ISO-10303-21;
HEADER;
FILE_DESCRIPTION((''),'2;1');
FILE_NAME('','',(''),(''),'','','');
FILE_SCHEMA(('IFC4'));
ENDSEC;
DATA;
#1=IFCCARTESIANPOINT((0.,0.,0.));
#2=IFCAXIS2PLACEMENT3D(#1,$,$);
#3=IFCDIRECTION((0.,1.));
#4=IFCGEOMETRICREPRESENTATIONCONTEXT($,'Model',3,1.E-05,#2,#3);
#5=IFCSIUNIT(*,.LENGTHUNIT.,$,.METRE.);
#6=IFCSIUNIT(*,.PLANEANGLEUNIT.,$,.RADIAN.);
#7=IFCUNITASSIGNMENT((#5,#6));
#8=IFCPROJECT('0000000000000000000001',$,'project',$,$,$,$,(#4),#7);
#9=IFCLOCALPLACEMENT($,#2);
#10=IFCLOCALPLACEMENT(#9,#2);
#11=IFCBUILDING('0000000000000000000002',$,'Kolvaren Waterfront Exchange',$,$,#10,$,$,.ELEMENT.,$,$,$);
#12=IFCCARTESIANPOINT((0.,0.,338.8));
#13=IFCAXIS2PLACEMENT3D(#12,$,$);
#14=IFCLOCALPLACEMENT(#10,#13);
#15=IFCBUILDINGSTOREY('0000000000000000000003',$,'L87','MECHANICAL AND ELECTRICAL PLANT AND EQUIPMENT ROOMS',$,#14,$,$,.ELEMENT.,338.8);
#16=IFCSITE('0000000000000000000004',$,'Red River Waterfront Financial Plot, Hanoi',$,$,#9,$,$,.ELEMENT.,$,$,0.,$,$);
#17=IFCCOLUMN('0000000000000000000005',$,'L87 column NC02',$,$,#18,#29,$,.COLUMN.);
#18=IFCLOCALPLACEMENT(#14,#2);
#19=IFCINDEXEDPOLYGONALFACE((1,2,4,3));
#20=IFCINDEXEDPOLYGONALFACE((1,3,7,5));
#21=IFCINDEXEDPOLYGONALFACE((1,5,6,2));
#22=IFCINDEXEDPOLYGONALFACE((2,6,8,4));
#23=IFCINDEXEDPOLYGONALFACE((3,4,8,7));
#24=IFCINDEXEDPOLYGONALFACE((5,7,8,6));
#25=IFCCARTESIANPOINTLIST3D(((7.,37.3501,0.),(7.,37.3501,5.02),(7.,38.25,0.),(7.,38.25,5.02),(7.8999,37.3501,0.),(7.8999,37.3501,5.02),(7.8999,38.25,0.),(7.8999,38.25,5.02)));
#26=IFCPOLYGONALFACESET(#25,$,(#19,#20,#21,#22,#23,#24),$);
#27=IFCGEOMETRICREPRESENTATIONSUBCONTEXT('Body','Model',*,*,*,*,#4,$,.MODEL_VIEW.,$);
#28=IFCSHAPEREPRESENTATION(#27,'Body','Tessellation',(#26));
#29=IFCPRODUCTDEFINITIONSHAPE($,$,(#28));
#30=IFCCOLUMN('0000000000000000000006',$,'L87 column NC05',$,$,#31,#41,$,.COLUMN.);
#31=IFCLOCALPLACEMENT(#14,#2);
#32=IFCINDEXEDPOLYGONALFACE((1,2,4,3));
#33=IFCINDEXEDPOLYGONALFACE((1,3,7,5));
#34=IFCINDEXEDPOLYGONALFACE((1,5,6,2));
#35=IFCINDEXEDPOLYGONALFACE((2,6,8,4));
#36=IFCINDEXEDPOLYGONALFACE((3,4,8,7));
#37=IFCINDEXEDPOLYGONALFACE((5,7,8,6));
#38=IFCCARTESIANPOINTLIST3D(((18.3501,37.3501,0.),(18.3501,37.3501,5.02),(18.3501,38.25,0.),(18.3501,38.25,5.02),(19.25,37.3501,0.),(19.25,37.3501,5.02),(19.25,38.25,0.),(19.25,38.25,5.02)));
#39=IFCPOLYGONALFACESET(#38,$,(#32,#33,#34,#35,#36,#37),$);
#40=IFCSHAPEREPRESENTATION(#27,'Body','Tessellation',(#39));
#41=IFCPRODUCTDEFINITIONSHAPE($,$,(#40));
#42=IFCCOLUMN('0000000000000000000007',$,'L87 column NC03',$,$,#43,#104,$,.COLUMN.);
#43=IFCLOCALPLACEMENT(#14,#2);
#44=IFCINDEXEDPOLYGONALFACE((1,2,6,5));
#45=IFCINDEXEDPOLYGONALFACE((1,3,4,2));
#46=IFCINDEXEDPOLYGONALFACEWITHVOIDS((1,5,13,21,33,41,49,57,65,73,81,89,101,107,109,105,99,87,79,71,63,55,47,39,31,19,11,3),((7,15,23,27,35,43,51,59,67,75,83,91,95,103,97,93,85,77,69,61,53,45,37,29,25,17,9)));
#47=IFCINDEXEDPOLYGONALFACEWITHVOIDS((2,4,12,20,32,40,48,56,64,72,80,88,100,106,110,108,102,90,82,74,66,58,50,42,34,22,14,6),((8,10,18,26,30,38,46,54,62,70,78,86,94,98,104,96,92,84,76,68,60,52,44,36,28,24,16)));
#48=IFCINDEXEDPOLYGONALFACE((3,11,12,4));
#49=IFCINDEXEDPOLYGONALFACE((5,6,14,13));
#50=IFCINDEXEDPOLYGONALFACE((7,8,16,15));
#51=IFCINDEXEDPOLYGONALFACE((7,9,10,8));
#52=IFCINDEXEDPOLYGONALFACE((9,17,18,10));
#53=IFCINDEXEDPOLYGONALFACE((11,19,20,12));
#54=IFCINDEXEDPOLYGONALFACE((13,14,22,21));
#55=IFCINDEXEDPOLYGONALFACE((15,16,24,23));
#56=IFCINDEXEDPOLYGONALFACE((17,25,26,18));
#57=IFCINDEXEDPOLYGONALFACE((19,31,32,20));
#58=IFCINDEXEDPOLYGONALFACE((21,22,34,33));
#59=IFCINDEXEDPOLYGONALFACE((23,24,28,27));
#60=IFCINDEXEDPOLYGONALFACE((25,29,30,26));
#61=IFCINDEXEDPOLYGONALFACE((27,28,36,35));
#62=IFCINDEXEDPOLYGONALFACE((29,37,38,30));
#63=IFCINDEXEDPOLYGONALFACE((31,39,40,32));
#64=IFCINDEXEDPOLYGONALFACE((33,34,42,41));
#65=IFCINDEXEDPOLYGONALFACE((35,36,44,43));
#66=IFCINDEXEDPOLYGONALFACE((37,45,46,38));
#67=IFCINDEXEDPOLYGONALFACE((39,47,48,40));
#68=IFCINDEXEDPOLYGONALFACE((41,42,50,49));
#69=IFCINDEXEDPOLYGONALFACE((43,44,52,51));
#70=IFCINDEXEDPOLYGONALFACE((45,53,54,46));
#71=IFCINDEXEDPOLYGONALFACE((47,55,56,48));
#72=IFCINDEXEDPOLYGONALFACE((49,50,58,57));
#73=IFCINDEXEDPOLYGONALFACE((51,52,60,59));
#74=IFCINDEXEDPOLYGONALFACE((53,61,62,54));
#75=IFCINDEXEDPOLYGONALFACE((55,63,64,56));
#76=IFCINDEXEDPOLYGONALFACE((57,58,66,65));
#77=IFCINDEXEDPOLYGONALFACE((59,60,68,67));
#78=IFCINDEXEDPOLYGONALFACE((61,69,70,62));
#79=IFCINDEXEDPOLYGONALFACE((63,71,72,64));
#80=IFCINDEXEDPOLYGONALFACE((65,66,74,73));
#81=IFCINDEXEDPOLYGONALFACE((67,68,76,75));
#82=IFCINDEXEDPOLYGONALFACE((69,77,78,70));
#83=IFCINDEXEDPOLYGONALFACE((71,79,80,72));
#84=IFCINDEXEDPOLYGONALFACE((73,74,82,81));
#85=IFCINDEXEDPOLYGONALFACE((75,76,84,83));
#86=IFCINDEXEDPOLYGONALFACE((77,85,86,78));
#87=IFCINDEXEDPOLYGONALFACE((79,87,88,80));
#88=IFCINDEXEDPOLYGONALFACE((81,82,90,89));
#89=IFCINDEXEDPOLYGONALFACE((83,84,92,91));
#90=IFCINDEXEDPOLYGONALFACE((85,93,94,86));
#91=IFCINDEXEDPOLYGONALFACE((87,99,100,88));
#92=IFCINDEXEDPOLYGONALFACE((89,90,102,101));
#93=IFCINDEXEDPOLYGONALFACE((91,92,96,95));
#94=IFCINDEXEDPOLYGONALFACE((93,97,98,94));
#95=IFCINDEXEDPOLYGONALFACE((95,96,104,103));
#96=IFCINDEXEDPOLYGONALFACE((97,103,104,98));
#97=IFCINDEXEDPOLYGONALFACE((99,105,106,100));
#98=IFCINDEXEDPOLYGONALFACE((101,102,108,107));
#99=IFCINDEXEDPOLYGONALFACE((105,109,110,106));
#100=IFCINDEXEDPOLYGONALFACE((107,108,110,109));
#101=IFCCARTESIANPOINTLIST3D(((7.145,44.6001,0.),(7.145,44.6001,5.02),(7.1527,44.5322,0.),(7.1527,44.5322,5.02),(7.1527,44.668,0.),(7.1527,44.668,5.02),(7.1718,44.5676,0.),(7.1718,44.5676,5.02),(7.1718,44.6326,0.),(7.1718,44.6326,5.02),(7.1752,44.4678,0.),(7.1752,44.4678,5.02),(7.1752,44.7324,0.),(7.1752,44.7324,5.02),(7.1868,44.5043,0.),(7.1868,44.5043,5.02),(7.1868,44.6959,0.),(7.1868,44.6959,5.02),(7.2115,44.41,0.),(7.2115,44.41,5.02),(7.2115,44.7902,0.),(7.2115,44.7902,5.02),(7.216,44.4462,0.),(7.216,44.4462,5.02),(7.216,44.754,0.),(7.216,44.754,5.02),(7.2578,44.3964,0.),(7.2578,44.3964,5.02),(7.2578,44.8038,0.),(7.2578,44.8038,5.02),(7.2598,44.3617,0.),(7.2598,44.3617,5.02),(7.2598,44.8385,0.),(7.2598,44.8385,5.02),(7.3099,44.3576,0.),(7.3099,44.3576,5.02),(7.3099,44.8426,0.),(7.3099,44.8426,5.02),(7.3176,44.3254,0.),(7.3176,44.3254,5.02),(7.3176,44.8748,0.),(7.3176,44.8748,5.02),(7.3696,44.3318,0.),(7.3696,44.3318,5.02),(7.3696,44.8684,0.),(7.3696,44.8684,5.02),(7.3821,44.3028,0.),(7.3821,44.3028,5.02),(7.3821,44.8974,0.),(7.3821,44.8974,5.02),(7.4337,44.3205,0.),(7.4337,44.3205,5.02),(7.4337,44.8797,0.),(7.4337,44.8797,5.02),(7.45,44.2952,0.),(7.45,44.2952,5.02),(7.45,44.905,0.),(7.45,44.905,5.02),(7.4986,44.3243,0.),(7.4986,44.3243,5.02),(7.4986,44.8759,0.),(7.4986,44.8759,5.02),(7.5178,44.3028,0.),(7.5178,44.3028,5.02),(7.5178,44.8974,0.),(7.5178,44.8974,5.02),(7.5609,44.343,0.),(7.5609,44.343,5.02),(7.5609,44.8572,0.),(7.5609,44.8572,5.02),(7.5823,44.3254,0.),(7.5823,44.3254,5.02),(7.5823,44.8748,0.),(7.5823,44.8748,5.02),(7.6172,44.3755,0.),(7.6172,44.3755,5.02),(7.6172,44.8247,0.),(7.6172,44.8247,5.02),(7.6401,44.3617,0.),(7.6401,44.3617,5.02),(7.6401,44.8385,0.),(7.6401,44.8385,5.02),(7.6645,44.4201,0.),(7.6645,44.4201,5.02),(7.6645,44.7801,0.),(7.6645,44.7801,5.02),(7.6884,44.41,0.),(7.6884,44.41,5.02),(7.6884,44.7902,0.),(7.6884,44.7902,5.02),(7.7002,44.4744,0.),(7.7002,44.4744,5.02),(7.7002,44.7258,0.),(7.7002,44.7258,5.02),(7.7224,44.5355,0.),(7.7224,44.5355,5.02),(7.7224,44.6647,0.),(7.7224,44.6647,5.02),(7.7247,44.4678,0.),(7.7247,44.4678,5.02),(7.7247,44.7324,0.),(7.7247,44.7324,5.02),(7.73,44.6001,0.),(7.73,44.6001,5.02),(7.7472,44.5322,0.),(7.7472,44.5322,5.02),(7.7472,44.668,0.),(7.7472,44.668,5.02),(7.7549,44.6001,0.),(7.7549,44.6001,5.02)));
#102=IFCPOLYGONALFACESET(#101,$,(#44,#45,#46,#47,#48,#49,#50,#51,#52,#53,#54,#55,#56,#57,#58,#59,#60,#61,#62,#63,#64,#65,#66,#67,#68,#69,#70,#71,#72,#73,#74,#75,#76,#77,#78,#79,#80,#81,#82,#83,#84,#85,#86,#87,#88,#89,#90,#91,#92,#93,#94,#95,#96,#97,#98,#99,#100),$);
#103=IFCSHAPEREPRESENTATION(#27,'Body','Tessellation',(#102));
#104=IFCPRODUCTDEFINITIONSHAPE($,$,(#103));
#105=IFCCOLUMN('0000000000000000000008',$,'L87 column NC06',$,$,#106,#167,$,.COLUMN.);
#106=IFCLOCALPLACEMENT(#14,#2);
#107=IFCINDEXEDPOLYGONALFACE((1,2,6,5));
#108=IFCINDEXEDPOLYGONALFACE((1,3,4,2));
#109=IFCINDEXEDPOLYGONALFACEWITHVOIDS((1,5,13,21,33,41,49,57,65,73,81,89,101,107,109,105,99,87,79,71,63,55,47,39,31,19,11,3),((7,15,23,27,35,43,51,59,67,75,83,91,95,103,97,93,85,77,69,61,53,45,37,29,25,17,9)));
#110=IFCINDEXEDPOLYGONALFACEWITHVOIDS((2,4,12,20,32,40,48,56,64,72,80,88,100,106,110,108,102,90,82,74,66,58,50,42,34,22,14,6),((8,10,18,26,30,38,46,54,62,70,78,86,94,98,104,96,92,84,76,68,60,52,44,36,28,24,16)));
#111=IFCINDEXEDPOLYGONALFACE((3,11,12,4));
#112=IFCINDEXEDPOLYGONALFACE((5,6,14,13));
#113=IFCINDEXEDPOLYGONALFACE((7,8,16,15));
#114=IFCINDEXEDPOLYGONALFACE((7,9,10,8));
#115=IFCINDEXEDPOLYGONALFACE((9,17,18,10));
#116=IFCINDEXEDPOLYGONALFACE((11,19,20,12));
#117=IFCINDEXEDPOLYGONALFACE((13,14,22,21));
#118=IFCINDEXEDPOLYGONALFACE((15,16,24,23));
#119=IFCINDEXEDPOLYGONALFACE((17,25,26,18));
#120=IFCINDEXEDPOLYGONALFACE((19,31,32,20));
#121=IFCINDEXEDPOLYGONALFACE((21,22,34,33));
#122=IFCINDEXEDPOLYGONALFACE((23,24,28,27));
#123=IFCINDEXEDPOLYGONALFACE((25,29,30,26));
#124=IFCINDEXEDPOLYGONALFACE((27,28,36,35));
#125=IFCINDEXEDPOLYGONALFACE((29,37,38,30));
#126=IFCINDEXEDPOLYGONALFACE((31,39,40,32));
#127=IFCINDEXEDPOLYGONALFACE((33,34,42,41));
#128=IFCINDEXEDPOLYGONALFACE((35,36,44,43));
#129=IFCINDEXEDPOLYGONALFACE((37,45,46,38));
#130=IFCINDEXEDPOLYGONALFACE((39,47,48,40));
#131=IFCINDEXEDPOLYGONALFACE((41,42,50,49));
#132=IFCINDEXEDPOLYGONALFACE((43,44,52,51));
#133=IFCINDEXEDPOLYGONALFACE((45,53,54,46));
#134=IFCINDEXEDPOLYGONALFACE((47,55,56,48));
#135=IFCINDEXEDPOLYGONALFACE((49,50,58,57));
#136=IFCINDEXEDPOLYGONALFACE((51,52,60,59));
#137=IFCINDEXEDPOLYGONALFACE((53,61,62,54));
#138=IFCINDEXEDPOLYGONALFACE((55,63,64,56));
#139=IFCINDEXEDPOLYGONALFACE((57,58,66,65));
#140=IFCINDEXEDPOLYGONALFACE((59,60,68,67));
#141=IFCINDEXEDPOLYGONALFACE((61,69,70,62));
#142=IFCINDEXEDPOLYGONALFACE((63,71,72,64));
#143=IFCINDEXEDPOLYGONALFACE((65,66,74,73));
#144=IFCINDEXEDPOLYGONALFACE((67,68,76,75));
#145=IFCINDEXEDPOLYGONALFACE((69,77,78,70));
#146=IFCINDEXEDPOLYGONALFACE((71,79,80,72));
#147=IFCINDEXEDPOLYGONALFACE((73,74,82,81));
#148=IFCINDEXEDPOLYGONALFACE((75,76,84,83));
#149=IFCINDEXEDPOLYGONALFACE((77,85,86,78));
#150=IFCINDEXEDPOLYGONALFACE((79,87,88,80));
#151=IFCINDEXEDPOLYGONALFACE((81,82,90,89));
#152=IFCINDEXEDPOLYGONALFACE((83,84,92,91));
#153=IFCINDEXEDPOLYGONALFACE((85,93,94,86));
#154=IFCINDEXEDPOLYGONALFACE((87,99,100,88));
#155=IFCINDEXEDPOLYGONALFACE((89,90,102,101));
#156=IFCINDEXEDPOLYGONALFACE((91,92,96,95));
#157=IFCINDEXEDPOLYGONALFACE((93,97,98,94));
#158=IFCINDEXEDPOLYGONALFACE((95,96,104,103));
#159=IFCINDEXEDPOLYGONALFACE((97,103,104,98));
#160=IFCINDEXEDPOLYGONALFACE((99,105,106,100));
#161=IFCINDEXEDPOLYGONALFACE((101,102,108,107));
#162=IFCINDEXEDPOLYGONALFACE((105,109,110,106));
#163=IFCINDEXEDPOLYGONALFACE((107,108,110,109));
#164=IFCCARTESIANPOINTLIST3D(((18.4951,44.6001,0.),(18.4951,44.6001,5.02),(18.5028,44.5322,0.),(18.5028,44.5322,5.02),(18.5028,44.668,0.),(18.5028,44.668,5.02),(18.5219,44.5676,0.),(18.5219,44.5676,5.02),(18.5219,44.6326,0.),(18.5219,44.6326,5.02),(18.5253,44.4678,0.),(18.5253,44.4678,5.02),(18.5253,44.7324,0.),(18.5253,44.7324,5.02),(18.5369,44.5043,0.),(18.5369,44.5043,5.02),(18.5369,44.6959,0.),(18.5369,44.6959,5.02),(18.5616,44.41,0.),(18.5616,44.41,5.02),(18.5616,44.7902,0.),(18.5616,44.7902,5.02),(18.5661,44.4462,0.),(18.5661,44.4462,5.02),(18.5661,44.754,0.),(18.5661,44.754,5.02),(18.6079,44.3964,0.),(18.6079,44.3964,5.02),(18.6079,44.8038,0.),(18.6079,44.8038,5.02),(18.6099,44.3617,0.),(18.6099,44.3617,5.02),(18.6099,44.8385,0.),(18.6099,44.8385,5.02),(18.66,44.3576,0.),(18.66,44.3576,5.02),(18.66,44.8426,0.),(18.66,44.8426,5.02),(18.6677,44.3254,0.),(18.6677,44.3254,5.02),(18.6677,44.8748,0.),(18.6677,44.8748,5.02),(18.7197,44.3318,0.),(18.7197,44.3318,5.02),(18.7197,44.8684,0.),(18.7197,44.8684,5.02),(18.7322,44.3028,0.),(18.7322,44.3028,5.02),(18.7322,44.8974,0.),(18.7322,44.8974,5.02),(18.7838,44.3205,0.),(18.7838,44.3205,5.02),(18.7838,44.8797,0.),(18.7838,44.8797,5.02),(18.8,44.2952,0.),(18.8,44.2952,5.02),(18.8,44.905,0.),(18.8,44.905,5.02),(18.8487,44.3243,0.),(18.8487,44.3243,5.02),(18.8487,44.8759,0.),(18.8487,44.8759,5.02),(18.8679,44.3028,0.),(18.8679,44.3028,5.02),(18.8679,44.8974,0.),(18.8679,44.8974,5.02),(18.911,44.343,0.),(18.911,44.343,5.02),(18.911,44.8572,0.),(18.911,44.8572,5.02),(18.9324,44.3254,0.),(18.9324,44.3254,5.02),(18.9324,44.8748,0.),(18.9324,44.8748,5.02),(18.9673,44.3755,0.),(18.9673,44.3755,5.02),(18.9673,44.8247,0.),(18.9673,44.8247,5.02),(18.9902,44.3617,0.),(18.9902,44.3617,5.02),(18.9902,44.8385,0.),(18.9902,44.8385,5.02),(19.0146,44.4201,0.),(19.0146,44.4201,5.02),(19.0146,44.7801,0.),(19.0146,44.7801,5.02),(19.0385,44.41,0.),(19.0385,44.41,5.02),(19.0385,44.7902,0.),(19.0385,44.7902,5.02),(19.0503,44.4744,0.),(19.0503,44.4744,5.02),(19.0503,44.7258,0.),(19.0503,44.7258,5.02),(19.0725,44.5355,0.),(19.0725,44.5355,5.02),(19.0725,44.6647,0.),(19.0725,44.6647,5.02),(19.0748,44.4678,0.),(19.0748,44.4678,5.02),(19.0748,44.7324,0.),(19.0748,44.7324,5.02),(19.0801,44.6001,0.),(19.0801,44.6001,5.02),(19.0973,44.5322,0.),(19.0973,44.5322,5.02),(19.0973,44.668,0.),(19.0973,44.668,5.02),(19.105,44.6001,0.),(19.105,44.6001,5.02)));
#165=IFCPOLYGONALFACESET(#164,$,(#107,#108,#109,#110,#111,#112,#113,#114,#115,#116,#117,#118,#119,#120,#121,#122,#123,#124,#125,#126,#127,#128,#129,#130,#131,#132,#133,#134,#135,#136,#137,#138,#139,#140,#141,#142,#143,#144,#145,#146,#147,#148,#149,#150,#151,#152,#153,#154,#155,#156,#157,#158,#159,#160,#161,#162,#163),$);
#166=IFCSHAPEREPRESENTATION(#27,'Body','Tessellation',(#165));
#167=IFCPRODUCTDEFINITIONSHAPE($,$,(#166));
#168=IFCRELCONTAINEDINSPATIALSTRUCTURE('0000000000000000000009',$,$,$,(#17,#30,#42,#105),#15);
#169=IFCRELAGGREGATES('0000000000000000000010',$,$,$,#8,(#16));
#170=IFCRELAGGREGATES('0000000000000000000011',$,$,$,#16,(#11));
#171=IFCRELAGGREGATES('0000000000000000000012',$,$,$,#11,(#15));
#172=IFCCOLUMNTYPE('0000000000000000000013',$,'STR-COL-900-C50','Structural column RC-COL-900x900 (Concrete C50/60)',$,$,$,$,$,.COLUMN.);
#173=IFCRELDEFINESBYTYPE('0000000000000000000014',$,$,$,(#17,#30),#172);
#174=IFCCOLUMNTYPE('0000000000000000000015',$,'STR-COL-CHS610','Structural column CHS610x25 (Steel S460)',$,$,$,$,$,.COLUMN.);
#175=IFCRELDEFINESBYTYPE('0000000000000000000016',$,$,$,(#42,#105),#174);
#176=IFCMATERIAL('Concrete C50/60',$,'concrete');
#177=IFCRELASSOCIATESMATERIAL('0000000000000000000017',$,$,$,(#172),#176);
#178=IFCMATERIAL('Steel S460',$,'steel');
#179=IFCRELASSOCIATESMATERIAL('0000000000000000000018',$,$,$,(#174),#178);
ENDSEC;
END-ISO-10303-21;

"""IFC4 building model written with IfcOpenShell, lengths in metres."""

from ifc_helpers import new_model, si_unit, direction, frame, origin, origin_2d, place, context, subcontext, project, spatial, rectangle, hollow_circle, extrude, material, material_profile, profile_set, type_object, element, save


model = new_model("IFC4")

# Units and contexts
model_context = context("Model", 3, precision=1e-05, world=origin(), true_north=direction((0.0, 1.0)))
body_context = subcontext(model_context, "Body", "Model", "MODEL_VIEW")
ifc_project = project(units=[si_unit("LENGTHUNIT", "METRE"), si_unit("PLANEANGLEUNIT", "RADIAN")], contexts=[model_context])

# Site, building, storey
site_placement = place(None, origin())
site = spatial("IfcSite", under=ifc_project, at=site_placement, Name="Red River Waterfront Financial Plot, Hanoi", CompositionType="ELEMENT", RefElevation=0.0)
building_placement = place(site_placement, origin())
building = spatial("IfcBuilding", under=site, at=building_placement, Name="Kolvaren Waterfront Exchange", CompositionType="ELEMENT")
storey_placement = place(building_placement, frame((0.0, 0.0, 338.8)))
storey = spatial("IfcBuildingStorey", under=building, at=storey_placement, Name="L87", Description="MECHANICAL AND ELECTRICAL PLANT AND EQUIPMENT ROOMS", CompositionType="ELEMENT", Elevation=338.8)

# Columns
ifc_material_1 = material(Name="Concrete C50/60", Category="concrete")
ifc_material_profile_1 = material_profile(ifc_material_1, rectangle(XDim=0.8999, YDim=0.8999, at=origin_2d()), Name="RC-COL-900x900")
ifc_profile_set_1 = profile_set([ifc_material_profile_1], Name="Concrete C50/60")
column_type_1 = type_object("IfcColumnType", Name="STR-COL-900-C50", Description="Structural column RC-COL-900x900 (Concrete C50/60)", PredefinedType="COLUMN", material=ifc_profile_set_1)
for number, where, z_axis, x_axis, name in (
    (1, (7.45, 37.8, 0.0), (0.0, 0.0, 1.0), (1.0, 0.0, 0.0), "L87 column NC02"),
    (2, (18.8, 37.8, 0.0), (0.0, 0.0, 1.0), (1.0, 0.0, 0.0), "L87 column NC05"),
):
    element("IfcColumn", number, at=place(storey_placement, frame(where, z_axis=z_axis, x_axis=x_axis)), inside=storey, type_object=column_type_1, Name=name, PredefinedType="COLUMN", context=body_context, shape_type="SweptSolid", body=[
        extrude(rectangle(XDim=0.8999, YDim=0.8999, at=origin_2d()), origin(), (0.0, 0.0, 1.0), 5.02),
    ])
ifc_material_2 = material(Name="Steel S460", Category="steel")
ifc_material_profile_2 = material_profile(ifc_material_2, hollow_circle(Radius=0.3049, WallThickness=0.0249, at=origin_2d()), Name="CHS610x25")
ifc_profile_set_2 = profile_set([ifc_material_profile_2], Name="Steel S460")
column_type_2 = type_object("IfcColumnType", Name="STR-COL-CHS610", Description="Structural column CHS610x25 (Steel S460)", PredefinedType="COLUMN", material=ifc_profile_set_2)
for number, where, z_axis, x_axis, name in (
    (3, (7.45, 44.6001, 0.0), (0.0, 0.0, 1.0), (1.0, 0.0, 0.0), "L87 column NC03"),
    (4, (18.8, 44.6001, 0.0), (0.0, 0.0, 1.0), (1.0, 0.0, 0.0), "L87 column NC06"),
):
    element("IfcColumn", number, at=place(storey_placement, frame(where, z_axis=z_axis, x_axis=x_axis)), inside=storey, type_object=column_type_2, Name=name, PredefinedType="COLUMN", context=body_context, shape_type="SweptSolid", body=[
        extrude(hollow_circle(Radius=0.3049, WallThickness=0.0249, at=origin_2d()), origin(), (0.0, 0.0, 1.0), 5.02),
    ])

save(model, "model.ifc")
